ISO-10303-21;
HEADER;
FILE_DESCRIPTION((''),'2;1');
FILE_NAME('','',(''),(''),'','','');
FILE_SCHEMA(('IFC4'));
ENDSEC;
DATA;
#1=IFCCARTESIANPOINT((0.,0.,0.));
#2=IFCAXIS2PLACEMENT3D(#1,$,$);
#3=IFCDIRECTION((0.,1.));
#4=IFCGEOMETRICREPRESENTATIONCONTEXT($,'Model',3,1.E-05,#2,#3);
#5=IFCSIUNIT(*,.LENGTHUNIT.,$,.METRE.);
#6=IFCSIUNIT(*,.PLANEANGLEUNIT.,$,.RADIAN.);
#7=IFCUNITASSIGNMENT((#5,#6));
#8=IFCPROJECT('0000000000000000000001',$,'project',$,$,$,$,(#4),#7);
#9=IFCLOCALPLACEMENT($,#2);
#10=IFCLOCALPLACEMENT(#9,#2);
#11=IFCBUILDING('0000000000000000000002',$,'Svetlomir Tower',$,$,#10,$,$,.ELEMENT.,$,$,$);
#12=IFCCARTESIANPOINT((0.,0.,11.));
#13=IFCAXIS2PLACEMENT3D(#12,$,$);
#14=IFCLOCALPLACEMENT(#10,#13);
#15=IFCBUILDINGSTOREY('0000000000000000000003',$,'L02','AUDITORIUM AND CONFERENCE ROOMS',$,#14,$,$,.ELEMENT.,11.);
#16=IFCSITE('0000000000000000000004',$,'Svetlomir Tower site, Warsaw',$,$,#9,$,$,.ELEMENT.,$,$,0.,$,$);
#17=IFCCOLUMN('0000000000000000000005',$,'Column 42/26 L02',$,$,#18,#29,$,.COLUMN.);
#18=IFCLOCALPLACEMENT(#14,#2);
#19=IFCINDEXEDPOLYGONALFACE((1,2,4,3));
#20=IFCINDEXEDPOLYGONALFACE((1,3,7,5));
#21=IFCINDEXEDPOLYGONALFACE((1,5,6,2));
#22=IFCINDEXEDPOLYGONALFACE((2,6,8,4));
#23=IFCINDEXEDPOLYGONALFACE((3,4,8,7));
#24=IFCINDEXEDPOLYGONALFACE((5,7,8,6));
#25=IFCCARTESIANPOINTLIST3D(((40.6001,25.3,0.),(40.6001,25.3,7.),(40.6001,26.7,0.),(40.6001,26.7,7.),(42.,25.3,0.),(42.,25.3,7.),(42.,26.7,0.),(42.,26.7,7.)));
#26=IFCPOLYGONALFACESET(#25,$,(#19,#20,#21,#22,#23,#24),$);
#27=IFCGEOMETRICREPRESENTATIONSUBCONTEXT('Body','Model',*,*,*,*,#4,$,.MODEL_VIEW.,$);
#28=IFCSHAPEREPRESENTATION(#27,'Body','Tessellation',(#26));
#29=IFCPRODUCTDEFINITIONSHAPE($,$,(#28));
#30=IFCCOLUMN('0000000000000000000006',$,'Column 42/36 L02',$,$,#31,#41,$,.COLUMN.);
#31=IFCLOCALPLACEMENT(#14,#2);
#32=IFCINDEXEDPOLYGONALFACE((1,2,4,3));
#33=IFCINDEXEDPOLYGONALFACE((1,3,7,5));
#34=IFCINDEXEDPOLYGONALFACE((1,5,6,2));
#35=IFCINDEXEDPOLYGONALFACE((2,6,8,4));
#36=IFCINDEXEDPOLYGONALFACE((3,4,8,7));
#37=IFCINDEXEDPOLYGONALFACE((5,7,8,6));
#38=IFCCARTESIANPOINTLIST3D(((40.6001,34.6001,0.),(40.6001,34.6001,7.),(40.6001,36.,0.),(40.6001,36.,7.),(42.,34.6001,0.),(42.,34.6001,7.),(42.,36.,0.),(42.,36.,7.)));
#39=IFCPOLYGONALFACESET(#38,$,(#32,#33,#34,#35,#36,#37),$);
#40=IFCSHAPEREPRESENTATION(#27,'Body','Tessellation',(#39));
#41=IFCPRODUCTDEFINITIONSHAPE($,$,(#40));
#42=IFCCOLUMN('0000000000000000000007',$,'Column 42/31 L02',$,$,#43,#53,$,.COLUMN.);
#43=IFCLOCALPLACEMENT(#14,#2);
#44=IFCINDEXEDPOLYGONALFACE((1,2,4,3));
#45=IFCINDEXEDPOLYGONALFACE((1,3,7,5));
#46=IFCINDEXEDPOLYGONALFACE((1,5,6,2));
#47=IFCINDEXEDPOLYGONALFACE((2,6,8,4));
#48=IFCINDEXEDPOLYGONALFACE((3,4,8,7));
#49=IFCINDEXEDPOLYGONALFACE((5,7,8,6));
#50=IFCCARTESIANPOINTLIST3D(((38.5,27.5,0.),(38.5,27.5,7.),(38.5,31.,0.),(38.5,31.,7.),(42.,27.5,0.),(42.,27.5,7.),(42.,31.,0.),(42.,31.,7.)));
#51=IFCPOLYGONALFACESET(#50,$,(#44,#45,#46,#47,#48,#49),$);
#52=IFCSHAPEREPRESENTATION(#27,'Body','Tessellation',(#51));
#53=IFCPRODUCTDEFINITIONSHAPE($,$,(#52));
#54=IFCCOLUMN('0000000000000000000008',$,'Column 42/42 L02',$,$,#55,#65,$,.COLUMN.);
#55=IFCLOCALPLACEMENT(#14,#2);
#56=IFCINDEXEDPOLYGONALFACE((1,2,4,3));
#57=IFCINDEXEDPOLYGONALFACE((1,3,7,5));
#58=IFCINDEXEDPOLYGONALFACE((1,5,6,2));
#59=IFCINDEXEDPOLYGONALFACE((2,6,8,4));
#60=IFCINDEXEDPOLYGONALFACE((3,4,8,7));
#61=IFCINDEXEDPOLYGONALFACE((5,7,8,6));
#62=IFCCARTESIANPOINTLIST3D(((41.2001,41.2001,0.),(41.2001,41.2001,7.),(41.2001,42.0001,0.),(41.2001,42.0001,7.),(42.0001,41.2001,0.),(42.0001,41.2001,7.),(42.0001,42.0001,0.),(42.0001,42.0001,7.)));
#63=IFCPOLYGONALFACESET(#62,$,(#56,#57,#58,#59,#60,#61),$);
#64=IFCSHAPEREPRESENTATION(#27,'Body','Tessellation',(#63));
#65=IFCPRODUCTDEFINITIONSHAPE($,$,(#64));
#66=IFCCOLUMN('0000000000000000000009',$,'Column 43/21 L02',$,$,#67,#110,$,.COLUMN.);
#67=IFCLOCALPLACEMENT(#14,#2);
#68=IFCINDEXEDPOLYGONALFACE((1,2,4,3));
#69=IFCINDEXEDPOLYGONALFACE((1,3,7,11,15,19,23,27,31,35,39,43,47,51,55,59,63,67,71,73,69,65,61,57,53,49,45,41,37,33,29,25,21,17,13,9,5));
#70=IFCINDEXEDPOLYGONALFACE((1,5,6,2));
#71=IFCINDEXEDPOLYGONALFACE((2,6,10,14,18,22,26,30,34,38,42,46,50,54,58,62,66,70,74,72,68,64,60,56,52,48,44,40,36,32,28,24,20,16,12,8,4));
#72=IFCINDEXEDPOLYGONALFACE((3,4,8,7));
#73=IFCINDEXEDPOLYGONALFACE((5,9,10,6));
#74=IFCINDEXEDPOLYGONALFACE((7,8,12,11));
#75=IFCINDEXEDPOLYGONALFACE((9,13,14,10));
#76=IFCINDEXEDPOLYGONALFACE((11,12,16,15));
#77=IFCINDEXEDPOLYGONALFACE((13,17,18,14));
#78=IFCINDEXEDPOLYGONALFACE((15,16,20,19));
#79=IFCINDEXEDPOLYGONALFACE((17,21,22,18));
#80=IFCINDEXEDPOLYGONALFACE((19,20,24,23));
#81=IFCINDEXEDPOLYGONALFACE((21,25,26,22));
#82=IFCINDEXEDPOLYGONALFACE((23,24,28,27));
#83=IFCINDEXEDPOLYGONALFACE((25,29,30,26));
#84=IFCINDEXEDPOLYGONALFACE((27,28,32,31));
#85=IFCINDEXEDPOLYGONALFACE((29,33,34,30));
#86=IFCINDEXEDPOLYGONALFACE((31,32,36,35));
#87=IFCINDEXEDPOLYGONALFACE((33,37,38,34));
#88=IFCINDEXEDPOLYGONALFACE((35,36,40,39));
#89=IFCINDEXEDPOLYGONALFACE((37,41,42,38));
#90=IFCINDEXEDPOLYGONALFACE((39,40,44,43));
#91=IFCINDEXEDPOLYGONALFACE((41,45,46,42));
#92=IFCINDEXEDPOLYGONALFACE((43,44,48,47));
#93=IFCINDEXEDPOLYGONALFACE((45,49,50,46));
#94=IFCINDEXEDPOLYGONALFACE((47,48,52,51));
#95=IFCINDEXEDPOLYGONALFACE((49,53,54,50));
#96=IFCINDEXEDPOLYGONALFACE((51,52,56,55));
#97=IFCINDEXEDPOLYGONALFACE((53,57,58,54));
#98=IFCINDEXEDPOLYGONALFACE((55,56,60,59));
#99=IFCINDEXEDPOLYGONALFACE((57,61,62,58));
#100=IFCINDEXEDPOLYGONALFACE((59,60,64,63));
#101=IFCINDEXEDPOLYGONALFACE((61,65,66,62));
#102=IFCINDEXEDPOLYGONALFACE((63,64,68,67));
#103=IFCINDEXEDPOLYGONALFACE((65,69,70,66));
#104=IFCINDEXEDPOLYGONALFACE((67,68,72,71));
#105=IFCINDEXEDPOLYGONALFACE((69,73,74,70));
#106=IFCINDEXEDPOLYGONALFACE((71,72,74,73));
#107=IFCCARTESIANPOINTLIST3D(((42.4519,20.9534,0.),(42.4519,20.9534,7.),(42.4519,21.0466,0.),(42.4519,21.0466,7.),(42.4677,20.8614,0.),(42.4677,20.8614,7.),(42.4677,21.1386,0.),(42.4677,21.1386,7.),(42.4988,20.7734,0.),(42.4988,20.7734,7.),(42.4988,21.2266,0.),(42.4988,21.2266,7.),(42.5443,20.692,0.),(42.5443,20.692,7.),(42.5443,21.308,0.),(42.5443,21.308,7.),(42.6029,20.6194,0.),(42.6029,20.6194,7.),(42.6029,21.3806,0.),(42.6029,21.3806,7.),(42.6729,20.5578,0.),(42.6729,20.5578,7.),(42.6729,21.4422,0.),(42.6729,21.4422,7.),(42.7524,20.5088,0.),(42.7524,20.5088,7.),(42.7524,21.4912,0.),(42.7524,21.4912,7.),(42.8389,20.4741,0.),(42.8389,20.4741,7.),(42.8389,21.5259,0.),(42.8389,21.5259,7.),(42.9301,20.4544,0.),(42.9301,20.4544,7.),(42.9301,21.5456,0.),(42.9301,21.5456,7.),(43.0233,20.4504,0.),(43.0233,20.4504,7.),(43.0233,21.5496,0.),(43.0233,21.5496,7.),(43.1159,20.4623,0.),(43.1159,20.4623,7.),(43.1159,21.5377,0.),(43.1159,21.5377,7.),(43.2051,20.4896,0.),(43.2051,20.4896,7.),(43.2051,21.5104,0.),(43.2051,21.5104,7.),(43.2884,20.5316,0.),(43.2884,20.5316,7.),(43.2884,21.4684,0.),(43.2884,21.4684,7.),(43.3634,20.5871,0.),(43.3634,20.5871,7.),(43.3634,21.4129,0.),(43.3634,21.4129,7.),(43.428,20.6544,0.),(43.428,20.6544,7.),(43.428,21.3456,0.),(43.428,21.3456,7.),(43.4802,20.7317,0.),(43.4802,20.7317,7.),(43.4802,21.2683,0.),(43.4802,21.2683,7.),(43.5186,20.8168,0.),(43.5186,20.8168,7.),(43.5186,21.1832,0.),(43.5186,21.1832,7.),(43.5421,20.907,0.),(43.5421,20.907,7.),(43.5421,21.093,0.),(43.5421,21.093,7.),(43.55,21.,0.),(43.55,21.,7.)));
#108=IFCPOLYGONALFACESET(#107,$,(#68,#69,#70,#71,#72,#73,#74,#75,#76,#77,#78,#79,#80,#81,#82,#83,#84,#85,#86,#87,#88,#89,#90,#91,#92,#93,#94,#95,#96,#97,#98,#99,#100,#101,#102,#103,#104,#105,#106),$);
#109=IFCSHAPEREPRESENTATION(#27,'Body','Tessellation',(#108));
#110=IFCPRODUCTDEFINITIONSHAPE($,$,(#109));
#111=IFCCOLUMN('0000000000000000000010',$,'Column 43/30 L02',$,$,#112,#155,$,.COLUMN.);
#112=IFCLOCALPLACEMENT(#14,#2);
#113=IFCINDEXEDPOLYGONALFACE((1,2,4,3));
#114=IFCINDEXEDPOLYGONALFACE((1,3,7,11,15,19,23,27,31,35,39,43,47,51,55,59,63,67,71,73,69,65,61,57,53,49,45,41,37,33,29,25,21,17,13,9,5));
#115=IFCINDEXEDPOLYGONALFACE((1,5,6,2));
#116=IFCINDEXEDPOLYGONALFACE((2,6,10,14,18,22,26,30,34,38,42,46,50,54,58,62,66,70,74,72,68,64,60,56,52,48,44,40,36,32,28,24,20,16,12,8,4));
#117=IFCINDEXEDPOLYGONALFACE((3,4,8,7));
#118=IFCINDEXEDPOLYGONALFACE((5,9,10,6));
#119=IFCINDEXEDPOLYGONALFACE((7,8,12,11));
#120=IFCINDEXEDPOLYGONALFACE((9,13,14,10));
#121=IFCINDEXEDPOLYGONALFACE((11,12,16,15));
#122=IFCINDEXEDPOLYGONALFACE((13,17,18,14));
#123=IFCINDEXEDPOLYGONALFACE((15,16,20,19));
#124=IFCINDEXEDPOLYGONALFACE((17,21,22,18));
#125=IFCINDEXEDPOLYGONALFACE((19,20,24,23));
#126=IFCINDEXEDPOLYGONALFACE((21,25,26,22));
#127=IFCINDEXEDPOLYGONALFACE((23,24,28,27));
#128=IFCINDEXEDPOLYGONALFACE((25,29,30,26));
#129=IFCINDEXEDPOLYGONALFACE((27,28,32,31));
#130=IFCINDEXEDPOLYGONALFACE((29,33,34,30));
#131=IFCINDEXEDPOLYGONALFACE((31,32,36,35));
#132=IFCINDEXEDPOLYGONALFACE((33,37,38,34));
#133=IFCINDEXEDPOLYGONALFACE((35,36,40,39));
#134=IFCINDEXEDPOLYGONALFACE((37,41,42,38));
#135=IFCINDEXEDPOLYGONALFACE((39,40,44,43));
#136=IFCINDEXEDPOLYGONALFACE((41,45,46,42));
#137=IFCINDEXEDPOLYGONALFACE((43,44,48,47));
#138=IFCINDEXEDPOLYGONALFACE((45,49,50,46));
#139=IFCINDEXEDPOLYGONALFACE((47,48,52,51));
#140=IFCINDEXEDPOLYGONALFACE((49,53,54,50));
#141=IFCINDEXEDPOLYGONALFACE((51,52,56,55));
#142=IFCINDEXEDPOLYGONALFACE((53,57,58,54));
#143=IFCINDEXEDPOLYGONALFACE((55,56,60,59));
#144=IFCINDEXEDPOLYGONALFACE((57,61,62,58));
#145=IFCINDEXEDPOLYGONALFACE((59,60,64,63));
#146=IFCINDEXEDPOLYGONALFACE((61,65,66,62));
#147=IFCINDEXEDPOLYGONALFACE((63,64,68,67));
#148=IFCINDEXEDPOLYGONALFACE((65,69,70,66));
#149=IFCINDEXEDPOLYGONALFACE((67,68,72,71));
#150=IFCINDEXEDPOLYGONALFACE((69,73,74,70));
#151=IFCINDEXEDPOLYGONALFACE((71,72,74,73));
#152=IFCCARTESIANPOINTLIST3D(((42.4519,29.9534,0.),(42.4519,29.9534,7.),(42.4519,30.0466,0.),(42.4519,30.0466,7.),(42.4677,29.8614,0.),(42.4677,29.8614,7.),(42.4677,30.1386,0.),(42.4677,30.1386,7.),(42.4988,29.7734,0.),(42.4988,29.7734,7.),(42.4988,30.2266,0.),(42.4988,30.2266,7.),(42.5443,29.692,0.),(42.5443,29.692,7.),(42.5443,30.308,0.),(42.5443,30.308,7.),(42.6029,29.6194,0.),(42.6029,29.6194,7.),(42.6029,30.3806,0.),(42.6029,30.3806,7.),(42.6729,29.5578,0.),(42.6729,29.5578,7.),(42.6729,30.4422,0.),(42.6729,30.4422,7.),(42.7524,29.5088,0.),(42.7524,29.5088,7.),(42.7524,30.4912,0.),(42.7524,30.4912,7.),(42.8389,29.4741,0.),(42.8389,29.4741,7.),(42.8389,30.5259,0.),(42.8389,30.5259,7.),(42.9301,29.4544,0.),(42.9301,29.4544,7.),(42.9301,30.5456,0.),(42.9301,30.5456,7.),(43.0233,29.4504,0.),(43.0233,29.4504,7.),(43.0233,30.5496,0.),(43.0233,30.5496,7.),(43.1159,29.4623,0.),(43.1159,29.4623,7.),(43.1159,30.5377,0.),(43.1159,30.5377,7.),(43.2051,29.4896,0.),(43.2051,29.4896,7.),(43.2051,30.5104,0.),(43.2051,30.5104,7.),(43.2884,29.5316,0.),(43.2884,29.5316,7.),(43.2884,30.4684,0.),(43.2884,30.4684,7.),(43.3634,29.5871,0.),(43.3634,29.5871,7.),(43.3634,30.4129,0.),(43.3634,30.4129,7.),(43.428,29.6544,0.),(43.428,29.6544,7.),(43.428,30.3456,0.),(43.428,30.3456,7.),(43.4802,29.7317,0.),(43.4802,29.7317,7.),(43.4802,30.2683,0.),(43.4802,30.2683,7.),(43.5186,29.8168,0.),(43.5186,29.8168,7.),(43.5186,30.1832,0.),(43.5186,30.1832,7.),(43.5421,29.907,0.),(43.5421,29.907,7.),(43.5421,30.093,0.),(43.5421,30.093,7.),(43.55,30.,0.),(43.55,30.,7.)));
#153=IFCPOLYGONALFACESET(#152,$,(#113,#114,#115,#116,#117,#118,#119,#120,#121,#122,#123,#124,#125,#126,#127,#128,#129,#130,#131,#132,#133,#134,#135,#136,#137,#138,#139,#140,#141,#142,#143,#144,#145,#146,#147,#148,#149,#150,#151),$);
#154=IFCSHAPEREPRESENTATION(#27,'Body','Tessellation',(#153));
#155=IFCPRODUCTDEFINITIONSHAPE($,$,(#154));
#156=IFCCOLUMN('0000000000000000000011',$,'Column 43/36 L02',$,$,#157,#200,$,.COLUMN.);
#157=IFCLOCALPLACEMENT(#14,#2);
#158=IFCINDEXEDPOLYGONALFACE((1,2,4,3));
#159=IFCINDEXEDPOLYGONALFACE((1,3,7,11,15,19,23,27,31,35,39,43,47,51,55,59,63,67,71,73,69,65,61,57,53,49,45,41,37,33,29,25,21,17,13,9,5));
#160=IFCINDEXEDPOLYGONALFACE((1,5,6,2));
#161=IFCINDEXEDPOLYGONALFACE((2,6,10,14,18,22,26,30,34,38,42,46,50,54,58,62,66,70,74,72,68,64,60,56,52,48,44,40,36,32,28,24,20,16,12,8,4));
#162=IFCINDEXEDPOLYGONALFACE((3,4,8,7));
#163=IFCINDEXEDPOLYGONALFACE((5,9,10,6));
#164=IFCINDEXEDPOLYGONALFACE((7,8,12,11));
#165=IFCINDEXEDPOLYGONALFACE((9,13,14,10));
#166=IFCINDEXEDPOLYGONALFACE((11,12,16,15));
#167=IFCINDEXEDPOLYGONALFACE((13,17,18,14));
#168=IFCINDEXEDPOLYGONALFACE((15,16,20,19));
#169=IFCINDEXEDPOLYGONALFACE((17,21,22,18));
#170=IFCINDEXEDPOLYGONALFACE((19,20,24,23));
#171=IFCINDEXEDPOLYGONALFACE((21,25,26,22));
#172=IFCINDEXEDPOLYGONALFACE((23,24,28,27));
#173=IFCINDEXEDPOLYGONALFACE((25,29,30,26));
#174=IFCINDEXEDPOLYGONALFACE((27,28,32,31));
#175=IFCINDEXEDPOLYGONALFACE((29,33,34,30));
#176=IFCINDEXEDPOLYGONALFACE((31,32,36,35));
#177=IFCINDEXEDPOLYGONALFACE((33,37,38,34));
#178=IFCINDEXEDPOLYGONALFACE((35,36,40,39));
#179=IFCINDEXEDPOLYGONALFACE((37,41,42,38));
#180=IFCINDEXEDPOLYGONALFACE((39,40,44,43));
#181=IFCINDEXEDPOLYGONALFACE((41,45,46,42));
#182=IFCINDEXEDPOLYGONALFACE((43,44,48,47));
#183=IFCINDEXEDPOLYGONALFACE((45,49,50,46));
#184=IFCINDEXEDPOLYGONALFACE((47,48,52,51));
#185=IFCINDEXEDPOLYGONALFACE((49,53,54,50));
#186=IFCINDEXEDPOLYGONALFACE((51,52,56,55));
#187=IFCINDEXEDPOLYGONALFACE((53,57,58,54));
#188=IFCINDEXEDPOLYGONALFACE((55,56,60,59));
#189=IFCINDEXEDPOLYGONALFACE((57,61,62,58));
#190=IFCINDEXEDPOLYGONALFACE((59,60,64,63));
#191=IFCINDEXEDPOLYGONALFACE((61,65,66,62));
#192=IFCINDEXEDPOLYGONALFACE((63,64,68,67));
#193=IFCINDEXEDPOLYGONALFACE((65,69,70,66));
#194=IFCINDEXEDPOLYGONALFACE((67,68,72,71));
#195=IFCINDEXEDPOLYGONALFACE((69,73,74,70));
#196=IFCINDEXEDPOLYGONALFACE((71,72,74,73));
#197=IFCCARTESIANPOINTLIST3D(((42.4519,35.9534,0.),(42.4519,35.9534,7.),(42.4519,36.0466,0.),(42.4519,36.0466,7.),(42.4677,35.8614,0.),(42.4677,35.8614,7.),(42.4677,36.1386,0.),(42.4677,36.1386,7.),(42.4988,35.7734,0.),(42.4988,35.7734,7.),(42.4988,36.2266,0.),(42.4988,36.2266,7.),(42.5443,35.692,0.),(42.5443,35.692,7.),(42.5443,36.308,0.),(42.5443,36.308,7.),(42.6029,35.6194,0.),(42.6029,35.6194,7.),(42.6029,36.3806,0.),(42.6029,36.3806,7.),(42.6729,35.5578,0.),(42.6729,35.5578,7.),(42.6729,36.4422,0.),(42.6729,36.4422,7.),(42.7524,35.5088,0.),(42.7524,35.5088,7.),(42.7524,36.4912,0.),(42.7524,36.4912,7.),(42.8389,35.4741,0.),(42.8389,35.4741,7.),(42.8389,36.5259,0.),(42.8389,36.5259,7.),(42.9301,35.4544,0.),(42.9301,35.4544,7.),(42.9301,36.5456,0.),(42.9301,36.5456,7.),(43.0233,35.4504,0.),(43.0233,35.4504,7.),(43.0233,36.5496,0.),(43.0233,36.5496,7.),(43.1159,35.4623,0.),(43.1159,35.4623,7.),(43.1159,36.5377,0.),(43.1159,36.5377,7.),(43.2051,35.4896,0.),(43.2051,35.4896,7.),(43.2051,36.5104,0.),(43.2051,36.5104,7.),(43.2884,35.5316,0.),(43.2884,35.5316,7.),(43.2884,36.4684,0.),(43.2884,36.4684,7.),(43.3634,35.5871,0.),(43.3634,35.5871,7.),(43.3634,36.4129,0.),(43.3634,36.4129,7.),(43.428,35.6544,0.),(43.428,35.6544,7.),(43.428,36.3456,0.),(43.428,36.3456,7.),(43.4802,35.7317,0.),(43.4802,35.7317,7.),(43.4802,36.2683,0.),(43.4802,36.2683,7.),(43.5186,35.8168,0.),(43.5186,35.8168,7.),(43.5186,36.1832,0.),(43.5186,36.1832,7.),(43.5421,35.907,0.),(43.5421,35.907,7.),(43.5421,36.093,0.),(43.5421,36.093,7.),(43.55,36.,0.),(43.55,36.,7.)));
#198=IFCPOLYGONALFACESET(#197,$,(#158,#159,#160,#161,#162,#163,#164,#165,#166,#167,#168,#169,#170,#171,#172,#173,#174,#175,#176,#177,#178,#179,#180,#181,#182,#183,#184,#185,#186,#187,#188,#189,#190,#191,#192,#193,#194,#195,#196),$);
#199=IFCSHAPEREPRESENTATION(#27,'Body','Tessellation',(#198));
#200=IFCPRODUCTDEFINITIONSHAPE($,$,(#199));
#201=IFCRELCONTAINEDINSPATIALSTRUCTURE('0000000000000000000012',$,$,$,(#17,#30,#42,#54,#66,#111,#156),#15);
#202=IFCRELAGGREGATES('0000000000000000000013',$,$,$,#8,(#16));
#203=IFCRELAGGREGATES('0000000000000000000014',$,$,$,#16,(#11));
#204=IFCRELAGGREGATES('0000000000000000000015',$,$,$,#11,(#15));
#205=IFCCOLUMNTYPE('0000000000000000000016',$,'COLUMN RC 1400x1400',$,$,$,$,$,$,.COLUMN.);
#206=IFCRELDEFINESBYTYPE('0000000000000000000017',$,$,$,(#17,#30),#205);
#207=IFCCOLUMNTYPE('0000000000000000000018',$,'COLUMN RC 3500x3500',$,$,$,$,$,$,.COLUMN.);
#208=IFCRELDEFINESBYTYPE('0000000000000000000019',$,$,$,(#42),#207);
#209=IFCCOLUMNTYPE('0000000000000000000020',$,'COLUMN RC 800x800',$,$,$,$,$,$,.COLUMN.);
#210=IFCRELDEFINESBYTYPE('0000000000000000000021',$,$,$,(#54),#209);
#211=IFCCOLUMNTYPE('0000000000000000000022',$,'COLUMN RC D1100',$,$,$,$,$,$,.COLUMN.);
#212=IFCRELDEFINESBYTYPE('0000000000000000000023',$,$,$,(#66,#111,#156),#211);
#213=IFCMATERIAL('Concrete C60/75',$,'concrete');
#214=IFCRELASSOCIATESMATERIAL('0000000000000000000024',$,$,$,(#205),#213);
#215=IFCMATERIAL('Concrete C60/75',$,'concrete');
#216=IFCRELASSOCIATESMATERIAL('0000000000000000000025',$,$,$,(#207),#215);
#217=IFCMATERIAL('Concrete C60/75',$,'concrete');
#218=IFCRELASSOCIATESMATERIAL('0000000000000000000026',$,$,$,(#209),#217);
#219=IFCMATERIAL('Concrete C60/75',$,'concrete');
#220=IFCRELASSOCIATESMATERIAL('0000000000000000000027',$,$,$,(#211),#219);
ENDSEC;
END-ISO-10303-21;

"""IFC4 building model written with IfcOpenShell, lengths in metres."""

from ifc_helpers import new_model, si_unit, direction, frame, origin, origin_2d, place, context, subcontext, project, spatial, rectangle, circle, extrude, material, material_profile, profile_set, type_object, element, save


model = new_model("IFC4")

# Units and contexts
model_context = context("Model", 3, precision=1e-05, world=origin(), true_north=direction((0.0, 1.0)))
body_context = subcontext(model_context, "Body", "Model", "MODEL_VIEW")
ifc_project = project(units=[si_unit("LENGTHUNIT", "METRE"), si_unit("PLANEANGLEUNIT", "RADIAN")], contexts=[model_context])

# Site, building, storey
site_placement = place(None, origin())
site = spatial("IfcSite", under=ifc_project, at=site_placement, Name="Svetlomir Tower site, Warsaw", CompositionType="ELEMENT", RefElevation=0.0)
building_placement = place(site_placement, origin())
building = spatial("IfcBuilding", under=site, at=building_placement, Name="Svetlomir Tower", CompositionType="ELEMENT")
storey_placement = place(building_placement, frame((0.0, 0.0, 11.0)))
storey = spatial("IfcBuildingStorey", under=building, at=storey_placement, Name="L02", Description="AUDITORIUM AND CONFERENCE ROOMS", CompositionType="ELEMENT", Elevation=11.0)

# Columns
ifc_material_1 = material(Name="Concrete C60/75", Category="concrete")
ifc_material_profile_1 = material_profile(ifc_material_1, rectangle(XDim=1.3999, YDim=1.3999, at=origin_2d()), Name="RC 1400x1400")
ifc_profile_set_1 = profile_set([ifc_material_profile_1], Name="Concrete C60/75")
column_type_1 = type_object("IfcColumnType", Name="COLUMN RC 1400x1400", PredefinedType="COLUMN", material=ifc_profile_set_1)
for number, where, z_axis, x_axis, name in (
    (1, (41.3, 26.0, 0.0), (0.0, 0.0, 1.0), (1.0, 0.0, 0.0), "Column 42/26 L02"),
    (2, (41.3, 35.3, 0.0), (0.0, 0.0, 1.0), (1.0, 0.0, 0.0), "Column 42/36 L02"),
):
    element("IfcColumn", number, at=place(storey_placement, frame(where, z_axis=z_axis, x_axis=x_axis)), inside=storey, type_object=column_type_1, Name=name, PredefinedType="COLUMN", context=body_context, shape_type="SweptSolid", body=[
        extrude(rectangle(XDim=1.3999, YDim=1.3999, at=origin_2d()), origin(), (0.0, 0.0, 1.0), 7.0),
    ])
ifc_material_2 = material(Name="Concrete C60/75", Category="concrete")
ifc_material_profile_2 = material_profile(ifc_material_2, rectangle(XDim=3.5, YDim=3.5, at=origin_2d()), Name="RC 3500x3500")
ifc_profile_set_2 = profile_set([ifc_material_profile_2], Name="Concrete C60/75")
column_type_2 = type_object("IfcColumnType", Name="COLUMN RC 3500x3500", PredefinedType="COLUMN", material=ifc_profile_set_2)
column_1_placement = place(storey_placement, frame((40.25, 29.25, 0.0), z_axis=(0.0, 0.0, 1.0), x_axis=(1.0, 0.0, 0.0)))
element("IfcColumn", 3, at=column_1_placement, inside=storey, type_object=column_type_2, Name="Column 42/31 L02", PredefinedType="COLUMN", context=body_context, shape_type="SweptSolid", body=[
    extrude(rectangle(XDim=3.5, YDim=3.5, at=origin_2d()), origin(), (0.0, 0.0, 1.0), 7.0),
])
ifc_material_3 = material(Name="Concrete C60/75", Category="concrete")
ifc_material_profile_3 = material_profile(ifc_material_3, rectangle(XDim=0.8, YDim=0.8, at=origin_2d()), Name="RC 800x800")
ifc_profile_set_3 = profile_set([ifc_material_profile_3], Name="Concrete C60/75")
column_type_3 = type_object("IfcColumnType", Name="COLUMN RC 800x800", PredefinedType="COLUMN", material=ifc_profile_set_3)
column_2_placement = place(storey_placement, frame((41.6001, 41.6001, 0.0), z_axis=(0.0, 0.0, 1.0), x_axis=(1.0, 0.0, 0.0)))
element("IfcColumn", 4, at=column_2_placement, inside=storey, type_object=column_type_3, Name="Column 42/42 L02", PredefinedType="COLUMN", context=body_context, shape_type="SweptSolid", body=[
    extrude(rectangle(XDim=0.8, YDim=0.8, at=origin_2d()), origin(), (0.0, 0.0, 1.0), 7.0),
])
ifc_material_4 = material(Name="Concrete C60/75", Category="concrete")
ifc_material_profile_4 = material_profile(ifc_material_4, circle(Radius=0.55, at=origin_2d()), Name="RC D1100")
ifc_profile_set_4 = profile_set([ifc_material_profile_4], Name="Concrete C60/75")
column_type_4 = type_object("IfcColumnType", Name="COLUMN RC D1100", PredefinedType="COLUMN", material=ifc_profile_set_4)
for number, where, z_axis, x_axis, name in (
    (5, (43.0, 21.0, 0.0), (0.0, 0.0, 1.0), (1.0, 0.0, 0.0), "Column 43/21 L02"),
    (6, (43.0, 30.0, 0.0), (0.0, 0.0, 1.0), (1.0, 0.0, 0.0), "Column 43/30 L02"),
    (7, (43.0, 36.0, 0.0), (0.0, 0.0, 1.0), (1.0, 0.0, 0.0), "Column 43/36 L02"),
):
    element("IfcColumn", number, at=place(storey_placement, frame(where, z_axis=z_axis, x_axis=x_axis)), inside=storey, type_object=column_type_4, Name=name, PredefinedType="COLUMN", context=body_context, shape_type="SweptSolid", body=[
        extrude(circle(Radius=0.55, at=origin_2d()), origin(), (0.0, 0.0, 1.0), 7.0),
    ])

save(model, "model.ifc")
